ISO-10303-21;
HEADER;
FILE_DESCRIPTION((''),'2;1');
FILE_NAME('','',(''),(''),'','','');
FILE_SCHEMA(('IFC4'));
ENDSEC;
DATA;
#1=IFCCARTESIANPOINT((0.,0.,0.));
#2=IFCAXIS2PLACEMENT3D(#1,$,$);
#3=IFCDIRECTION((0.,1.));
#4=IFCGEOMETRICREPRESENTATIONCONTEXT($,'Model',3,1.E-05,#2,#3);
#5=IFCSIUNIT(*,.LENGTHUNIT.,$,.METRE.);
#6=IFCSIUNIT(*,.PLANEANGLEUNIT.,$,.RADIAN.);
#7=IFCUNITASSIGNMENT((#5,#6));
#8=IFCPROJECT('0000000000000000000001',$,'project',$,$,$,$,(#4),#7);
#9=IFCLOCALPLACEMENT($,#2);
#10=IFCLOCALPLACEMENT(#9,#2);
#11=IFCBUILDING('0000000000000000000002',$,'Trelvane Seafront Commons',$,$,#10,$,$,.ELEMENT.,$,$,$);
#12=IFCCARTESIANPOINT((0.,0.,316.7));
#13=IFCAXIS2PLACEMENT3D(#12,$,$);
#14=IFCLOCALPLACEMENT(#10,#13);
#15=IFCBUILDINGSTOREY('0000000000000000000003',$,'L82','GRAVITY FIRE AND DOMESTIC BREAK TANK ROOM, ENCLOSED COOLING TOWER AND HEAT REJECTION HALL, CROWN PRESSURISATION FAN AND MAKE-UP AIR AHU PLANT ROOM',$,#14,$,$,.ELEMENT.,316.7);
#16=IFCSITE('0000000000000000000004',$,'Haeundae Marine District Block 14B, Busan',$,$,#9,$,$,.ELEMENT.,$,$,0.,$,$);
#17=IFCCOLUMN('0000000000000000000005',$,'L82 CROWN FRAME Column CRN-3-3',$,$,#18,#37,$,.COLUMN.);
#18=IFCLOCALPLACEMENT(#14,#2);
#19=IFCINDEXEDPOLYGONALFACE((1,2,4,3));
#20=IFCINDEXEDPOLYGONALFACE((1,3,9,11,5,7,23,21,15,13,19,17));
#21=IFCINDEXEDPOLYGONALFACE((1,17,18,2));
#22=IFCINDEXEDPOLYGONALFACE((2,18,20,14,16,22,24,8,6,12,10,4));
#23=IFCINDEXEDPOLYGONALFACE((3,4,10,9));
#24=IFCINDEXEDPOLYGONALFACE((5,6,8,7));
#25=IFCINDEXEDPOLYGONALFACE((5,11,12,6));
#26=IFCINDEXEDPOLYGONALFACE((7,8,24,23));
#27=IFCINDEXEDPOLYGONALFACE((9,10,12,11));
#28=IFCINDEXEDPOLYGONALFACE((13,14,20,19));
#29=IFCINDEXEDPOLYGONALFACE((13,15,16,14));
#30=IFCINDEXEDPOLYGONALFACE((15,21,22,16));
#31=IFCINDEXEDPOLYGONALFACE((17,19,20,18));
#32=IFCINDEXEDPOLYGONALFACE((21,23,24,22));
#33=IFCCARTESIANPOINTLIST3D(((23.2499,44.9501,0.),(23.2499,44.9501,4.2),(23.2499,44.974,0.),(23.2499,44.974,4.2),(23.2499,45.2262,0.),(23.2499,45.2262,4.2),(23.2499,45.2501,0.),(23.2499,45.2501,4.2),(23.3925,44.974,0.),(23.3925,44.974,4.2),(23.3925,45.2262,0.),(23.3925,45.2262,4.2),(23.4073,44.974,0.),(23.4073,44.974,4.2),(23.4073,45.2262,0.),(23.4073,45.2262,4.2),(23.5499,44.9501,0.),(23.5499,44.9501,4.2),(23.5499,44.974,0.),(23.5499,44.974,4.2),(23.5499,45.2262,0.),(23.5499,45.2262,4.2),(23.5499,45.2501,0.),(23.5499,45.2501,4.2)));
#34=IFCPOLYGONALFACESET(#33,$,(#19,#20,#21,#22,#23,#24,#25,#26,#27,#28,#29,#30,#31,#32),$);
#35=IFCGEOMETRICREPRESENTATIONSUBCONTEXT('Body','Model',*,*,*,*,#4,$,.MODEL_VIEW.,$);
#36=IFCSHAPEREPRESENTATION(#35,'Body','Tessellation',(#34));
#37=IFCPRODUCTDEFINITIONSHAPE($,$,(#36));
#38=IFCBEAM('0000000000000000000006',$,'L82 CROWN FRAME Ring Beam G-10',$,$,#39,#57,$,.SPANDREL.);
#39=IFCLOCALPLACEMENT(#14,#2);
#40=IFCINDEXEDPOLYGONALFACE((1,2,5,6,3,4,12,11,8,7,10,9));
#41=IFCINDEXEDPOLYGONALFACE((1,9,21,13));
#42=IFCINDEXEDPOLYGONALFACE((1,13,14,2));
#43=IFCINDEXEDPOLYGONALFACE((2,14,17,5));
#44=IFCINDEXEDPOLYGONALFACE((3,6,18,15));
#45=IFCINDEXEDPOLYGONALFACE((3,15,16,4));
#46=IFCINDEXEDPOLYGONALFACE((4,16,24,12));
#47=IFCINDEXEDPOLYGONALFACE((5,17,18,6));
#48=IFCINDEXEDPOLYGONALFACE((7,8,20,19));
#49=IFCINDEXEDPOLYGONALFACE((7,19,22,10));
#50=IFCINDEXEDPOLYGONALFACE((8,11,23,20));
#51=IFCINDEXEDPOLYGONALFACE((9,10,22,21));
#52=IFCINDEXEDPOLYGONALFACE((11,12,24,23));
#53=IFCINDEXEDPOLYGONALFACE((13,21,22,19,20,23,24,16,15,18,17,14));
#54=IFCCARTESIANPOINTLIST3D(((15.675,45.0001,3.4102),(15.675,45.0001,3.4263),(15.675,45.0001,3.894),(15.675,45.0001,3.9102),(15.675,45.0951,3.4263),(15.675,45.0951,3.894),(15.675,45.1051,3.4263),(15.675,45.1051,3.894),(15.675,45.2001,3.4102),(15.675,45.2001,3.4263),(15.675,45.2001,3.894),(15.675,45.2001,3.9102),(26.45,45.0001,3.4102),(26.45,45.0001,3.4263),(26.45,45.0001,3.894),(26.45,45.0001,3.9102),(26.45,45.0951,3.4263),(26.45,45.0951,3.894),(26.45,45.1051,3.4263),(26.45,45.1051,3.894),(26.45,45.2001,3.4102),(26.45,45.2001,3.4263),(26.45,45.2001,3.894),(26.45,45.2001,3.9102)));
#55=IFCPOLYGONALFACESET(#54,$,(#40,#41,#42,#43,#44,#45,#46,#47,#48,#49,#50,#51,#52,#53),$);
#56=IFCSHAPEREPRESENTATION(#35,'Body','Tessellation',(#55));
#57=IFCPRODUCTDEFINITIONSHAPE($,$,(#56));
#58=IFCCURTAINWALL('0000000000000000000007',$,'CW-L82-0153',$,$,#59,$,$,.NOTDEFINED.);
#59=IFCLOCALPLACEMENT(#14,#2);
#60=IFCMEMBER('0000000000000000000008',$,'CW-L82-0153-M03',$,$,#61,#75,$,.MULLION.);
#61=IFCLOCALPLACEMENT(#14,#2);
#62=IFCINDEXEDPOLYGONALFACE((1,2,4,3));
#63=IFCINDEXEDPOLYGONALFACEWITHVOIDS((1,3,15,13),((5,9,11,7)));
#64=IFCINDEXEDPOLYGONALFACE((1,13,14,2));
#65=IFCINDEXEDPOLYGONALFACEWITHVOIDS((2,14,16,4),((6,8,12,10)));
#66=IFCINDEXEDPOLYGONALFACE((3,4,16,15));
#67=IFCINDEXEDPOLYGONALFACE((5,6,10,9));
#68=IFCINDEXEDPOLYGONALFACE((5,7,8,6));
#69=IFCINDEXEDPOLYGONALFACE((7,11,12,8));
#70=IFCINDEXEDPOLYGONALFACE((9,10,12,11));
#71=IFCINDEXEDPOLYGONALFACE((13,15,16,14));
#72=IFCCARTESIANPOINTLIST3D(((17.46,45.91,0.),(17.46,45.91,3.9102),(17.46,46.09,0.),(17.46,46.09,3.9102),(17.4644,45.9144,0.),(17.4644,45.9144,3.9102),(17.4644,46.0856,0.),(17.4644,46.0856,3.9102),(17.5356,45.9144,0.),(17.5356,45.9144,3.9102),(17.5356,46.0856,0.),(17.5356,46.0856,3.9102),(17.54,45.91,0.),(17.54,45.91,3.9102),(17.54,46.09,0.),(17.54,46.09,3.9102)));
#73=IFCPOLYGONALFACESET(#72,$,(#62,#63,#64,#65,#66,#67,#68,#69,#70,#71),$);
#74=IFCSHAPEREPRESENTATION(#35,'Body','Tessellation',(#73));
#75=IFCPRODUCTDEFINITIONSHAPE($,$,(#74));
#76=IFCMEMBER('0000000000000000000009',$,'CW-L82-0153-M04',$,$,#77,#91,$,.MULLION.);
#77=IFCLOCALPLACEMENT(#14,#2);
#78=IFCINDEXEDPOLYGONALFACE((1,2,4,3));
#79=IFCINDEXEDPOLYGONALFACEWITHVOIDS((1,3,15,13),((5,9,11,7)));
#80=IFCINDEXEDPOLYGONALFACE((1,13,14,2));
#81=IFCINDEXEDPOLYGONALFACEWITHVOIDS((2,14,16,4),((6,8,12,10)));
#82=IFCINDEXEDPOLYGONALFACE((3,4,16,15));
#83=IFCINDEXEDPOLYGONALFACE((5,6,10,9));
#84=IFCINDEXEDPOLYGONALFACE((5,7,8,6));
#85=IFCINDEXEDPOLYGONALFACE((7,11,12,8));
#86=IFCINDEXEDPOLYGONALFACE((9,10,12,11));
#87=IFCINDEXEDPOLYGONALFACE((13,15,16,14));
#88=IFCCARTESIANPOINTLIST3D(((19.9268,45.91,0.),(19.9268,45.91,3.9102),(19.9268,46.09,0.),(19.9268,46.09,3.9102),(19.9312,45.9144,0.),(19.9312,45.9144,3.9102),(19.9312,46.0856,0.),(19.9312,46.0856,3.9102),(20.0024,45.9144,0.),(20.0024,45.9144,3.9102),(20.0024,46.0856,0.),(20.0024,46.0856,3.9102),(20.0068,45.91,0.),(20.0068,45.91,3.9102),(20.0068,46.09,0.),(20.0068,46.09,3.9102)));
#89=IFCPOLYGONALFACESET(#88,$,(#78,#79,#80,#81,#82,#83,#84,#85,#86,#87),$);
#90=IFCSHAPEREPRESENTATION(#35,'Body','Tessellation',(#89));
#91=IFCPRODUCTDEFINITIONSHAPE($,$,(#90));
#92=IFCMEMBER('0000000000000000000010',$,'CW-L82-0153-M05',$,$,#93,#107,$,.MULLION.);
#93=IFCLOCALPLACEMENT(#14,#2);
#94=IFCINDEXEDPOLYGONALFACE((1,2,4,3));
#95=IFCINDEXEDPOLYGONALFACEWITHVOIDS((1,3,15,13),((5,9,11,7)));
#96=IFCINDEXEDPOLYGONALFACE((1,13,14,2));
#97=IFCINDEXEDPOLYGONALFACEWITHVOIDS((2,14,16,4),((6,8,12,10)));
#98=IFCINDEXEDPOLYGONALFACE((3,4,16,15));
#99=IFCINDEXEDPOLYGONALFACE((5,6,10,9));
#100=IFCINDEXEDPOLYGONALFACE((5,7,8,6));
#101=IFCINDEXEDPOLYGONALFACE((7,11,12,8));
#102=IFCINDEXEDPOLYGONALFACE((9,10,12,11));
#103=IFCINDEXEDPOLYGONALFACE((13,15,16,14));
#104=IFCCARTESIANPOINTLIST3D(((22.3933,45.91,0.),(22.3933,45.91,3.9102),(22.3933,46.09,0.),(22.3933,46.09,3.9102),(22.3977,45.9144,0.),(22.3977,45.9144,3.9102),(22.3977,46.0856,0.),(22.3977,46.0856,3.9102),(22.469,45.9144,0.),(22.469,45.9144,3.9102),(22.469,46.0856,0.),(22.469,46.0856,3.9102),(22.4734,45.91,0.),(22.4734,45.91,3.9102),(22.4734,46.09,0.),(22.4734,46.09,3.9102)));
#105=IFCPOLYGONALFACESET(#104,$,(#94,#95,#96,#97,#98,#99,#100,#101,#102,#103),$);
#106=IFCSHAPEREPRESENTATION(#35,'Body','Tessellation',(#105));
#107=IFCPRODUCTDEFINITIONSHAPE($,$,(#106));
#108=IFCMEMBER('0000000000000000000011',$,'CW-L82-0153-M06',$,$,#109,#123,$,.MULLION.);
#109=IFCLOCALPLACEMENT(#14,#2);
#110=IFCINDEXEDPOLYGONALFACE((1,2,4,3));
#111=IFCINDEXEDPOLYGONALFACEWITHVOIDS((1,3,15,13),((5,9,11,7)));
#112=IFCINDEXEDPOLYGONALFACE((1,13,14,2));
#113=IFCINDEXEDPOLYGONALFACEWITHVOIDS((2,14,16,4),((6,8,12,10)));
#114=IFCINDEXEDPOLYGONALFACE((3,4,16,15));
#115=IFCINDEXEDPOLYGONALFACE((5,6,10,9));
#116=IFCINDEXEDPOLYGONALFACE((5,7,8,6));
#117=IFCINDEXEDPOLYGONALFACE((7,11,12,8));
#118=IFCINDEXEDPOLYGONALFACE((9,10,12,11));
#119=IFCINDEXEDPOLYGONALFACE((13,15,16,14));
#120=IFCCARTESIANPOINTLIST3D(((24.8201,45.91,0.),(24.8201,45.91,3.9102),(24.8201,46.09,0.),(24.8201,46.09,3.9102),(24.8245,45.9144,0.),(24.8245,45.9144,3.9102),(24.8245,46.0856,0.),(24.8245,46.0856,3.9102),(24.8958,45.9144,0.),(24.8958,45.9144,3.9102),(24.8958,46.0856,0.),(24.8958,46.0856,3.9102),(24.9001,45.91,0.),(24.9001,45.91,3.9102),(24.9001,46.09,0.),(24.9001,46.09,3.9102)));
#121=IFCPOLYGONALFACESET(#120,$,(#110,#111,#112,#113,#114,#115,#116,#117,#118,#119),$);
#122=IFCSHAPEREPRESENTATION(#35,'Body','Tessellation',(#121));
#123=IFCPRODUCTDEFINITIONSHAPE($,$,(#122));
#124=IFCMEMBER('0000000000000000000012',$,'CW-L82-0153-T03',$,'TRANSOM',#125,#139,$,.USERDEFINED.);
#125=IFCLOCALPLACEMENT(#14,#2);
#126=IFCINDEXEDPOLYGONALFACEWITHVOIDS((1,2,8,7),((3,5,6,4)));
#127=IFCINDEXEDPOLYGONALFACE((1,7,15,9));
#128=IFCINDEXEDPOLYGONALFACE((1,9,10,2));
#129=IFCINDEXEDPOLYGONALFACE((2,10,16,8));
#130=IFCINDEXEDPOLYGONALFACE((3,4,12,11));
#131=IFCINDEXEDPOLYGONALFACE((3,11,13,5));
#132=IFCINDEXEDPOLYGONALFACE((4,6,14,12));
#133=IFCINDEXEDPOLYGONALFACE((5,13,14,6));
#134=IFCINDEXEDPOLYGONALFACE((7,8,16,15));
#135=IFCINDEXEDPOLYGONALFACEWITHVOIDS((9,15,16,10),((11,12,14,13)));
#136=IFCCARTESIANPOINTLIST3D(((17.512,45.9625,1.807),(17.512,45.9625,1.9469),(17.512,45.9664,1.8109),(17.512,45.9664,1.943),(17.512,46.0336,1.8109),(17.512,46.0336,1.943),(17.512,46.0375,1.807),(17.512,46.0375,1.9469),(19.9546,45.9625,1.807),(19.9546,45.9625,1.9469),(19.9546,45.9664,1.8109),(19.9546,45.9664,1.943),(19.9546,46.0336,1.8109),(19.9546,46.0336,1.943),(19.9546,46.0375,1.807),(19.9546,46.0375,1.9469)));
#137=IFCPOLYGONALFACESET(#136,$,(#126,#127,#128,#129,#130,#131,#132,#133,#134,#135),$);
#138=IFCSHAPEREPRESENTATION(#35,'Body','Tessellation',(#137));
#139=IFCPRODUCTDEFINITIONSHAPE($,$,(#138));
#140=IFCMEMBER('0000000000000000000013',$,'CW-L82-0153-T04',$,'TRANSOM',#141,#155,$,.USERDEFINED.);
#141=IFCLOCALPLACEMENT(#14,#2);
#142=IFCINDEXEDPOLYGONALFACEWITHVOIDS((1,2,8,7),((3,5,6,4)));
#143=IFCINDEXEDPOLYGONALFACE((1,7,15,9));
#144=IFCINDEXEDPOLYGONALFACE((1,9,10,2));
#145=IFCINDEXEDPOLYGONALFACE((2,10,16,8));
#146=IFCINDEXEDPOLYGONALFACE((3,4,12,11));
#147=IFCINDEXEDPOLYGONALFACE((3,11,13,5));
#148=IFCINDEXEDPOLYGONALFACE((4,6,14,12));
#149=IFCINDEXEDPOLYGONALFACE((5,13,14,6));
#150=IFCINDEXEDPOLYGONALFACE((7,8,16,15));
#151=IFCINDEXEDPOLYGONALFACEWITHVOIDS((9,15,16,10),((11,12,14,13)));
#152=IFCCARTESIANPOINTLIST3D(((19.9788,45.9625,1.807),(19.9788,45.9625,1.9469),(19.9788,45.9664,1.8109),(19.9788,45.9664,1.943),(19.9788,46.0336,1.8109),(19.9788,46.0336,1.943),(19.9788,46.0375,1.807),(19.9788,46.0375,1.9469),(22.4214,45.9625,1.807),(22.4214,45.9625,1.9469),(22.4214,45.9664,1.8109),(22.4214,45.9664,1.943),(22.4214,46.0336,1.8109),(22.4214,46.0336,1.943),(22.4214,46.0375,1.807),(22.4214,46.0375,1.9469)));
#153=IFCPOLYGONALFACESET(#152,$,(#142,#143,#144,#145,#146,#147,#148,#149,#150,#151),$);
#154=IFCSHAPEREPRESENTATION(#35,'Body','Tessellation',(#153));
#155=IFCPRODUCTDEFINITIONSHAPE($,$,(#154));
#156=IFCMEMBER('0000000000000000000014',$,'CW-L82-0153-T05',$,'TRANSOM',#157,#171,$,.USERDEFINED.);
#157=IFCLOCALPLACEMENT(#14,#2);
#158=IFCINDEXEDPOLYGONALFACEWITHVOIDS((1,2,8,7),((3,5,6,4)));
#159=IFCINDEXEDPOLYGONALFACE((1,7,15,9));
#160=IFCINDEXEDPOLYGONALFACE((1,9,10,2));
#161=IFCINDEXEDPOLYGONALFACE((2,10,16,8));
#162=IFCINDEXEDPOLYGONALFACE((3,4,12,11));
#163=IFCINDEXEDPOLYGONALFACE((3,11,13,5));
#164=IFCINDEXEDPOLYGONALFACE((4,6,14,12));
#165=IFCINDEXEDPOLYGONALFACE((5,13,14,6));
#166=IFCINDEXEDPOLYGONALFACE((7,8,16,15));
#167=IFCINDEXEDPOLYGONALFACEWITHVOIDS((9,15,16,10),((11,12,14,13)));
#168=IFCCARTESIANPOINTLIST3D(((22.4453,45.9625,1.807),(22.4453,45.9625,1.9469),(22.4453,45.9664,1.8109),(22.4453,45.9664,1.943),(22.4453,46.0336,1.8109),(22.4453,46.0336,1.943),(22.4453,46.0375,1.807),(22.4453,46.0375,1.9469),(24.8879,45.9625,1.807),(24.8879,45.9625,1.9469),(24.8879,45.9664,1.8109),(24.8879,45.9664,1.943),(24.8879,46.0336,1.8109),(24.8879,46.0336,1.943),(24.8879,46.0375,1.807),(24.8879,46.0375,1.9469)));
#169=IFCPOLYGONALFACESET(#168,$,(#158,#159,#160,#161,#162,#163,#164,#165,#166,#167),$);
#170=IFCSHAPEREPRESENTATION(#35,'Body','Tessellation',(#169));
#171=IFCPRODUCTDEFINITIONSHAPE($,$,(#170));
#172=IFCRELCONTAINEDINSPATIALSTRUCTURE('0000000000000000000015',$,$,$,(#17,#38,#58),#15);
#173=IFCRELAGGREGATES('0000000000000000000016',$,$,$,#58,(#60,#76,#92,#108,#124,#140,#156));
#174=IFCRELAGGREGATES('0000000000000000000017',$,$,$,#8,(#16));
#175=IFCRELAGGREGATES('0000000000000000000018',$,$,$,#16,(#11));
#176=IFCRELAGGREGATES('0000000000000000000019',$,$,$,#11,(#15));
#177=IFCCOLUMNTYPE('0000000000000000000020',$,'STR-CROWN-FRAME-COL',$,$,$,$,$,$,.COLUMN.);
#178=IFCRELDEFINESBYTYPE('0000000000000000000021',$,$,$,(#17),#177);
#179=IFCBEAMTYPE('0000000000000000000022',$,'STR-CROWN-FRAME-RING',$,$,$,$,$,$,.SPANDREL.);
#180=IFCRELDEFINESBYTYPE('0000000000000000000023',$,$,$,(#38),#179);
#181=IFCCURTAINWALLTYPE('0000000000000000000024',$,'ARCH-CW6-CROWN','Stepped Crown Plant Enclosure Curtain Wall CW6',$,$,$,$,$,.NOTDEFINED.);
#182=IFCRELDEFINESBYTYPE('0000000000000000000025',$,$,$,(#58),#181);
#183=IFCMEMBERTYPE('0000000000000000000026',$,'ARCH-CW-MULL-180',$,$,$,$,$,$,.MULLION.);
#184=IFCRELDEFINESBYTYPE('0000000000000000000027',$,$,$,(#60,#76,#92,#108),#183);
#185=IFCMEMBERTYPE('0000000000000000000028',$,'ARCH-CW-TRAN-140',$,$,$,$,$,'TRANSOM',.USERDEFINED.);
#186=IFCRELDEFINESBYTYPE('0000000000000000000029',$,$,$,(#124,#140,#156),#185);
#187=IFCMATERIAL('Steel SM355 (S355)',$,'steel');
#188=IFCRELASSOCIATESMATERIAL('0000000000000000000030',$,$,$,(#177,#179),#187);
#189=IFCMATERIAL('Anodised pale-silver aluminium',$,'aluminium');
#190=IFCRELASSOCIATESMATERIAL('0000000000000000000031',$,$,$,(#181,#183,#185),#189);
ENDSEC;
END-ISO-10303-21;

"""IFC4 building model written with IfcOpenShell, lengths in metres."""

from ifc_helpers import new_model, si_unit, direction, frame, origin, origin_2d, place, context, subcontext, project, spatial, hollow_rectangle, i_section, extrude, source, transform, mapped, material, material_profile, profile_set, type_object, element, aggregate, save


model = new_model("IFC4")

# Units and contexts
model_context = context("Model", 3, precision=1e-05, world=origin(), true_north=direction((0.0, 1.0)))
body_context = subcontext(model_context, "Body", "Model", "MODEL_VIEW")
ifc_project = project(units=[si_unit("LENGTHUNIT", "METRE"), si_unit("PLANEANGLEUNIT", "RADIAN")], contexts=[model_context])

# Site, building, storey
site_placement = place(None, origin())
site = spatial("IfcSite", under=ifc_project, at=site_placement, Name="Haeundae Marine District Block 14B, Busan", CompositionType="ELEMENT", RefElevation=0.0)
building_placement = place(site_placement, origin())
building = spatial("IfcBuilding", under=site, at=building_placement, Name="Trelvane Seafront Commons", CompositionType="ELEMENT")
storey_placement = place(building_placement, frame((0.0, 0.0, 316.7)))
storey = spatial("IfcBuildingStorey", under=building, at=storey_placement, Name="L82", Description="GRAVITY FIRE AND DOMESTIC BREAK TANK ROOM, ENCLOSED COOLING TOWER AND HEAT REJECTION HALL, CROWN PRESSURISATION FAN AND MAKE-UP AIR AHU PLANT ROOM", CompositionType="ELEMENT", Elevation=316.7)

# Column
ifc_material_1 = material(Name="Steel SM355 (S355)", Category="steel")
ifc_material_profile_1 = material_profile(ifc_material_1, i_section(OverallWidth=0.3, OverallDepth=0.3, WebThickness=0.0149, FlangeThickness=0.0239, at=origin_2d()), Name="HD-300x300x15x24")
ifc_profile_set_1 = profile_set([ifc_material_profile_1], Name="Steel SM355 (S355)")
column_type = type_object("IfcColumnType", Name="STR-CROWN-FRAME-COL", PredefinedType="COLUMN", material=ifc_profile_set_1)
shared_shape_1 = source(origin(), body_context, "Body", "SweptSolid", [
    extrude(i_section(OverallWidth=0.3, OverallDepth=0.3, WebThickness=0.0149, FlangeThickness=0.0239, at=origin_2d()), origin(), (0.0, 0.0, 1.0), 4.2),
])
column_placement = place(storey_placement, frame((23.3999, 45.1001, 0.0), z_axis=(0.0, 0.0, 1.0), x_axis=(1.0, 0.0, 0.0)))
element("IfcColumn", 1, at=column_placement, inside=storey, type_object=column_type, Name="L82 CROWN FRAME Column CRN-3-3", PredefinedType="COLUMN", context=body_context, shape_type="MappedRepresentation", body=[
    mapped(shared_shape_1, transform((0.0, 0.0, 0.0), x_axis=(1.0, 0.0, 0.0), y_axis=(0.0, 1.0, 0.0), z_axis=(0.0, 0.0, 1.0), scale=1.0)),
])

# Beam
ifc_material_profile_2 = material_profile(ifc_material_1, i_section(OverallWidth=0.2, OverallDepth=0.5, WebThickness=0.01, FlangeThickness=0.0161, at=origin_2d()), Name="H-500x200x10x16")
ifc_profile_set_2 = profile_set([ifc_material_profile_2], Name="Steel SM355 (S355)")
beam_type = type_object("IfcBeamType", Name="STR-CROWN-FRAME-RING", PredefinedType="SPANDREL", material=ifc_profile_set_2)
shared_shape_2 = source(origin(), body_context, "Body", "SweptSolid", [
    extrude(i_section(OverallWidth=0.2, OverallDepth=0.5, WebThickness=0.01, FlangeThickness=0.0161, at=origin_2d()), origin(), (0.0, 0.0, 1.0), 10.7749),
])
beam_placement = place(storey_placement, frame((15.675, 45.1001, 3.6602), z_axis=(1.0, 0.0, 0.0), x_axis=(0.0, 1.0, 0.0)))
element("IfcBeam", 2, at=beam_placement, inside=storey, type_object=beam_type, Name="L82 CROWN FRAME Ring Beam G-10", PredefinedType="SPANDREL", context=body_context, shape_type="MappedRepresentation", body=[
    mapped(shared_shape_2, transform((0.0, 0.0, 0.0), x_axis=(1.0, 0.0, 0.0), y_axis=(0.0, 1.0, 0.0), z_axis=(0.0, 0.0, 1.0), scale=1.0)),
])

# Curtain wall, members
ifc_material_2 = material(Name="Anodised pale-silver aluminium", Category="aluminium")
curtain_wall_type = type_object("IfcCurtainWallType", Name="ARCH-CW6-CROWN", Description="Stepped Crown Plant Enclosure Curtain Wall CW6", PredefinedType="NOTDEFINED", material=ifc_material_2)
curtain_wall_placement = place(storey_placement, origin())
curtain_wall = element("IfcCurtainWall", 3, at=curtain_wall_placement, inside=storey, type_object=curtain_wall_type, Name="CW-L82-0153", PredefinedType="NOTDEFINED")
ifc_material_profile_3 = material_profile(ifc_material_2, hollow_rectangle(XDim=0.0801, YDim=0.1799, WallThickness=0.0044, at=origin_2d()), Name="MULL-80x180x4.5")
ifc_profile_set_3 = profile_set([ifc_material_profile_3], Name="Anodised pale-silver aluminium")
member_type_1 = type_object("IfcMemberType", Name="ARCH-CW-MULL-180", PredefinedType="MULLION", material=ifc_profile_set_3)
shared_shape_3 = source(origin(), body_context, "Body", "SweptSolid", [
    extrude(hollow_rectangle(XDim=0.0801, YDim=0.1799, WallThickness=0.0044, at=origin_2d()), origin(), (0.0, 0.0, 1.0), 3.9102),
])
member_1_placement = place(storey_placement, frame((17.5, 46.0, 0.0), z_axis=(0.0, 0.0, 1.0), x_axis=(1.0, 0.0, 0.0)))
member_1 = element("IfcMember", 4, at=member_1_placement, type_object=member_type_1, Name="CW-L82-0153-M03", PredefinedType="MULLION", context=body_context, shape_type="MappedRepresentation", body=[
    mapped(shared_shape_3, transform((0.0, 0.0, 0.0), x_axis=(1.0, 0.0, 0.0), y_axis=(0.0, 1.0, 0.0), z_axis=(0.0, 0.0, 1.0), scale=1.0)),
])
member_2_placement = place(storey_placement, frame((19.9668, 46.0, 0.0), z_axis=(0.0, 0.0, 1.0), x_axis=(1.0, 0.0, 0.0)))
member_2 = element("IfcMember", 5, at=member_2_placement, type_object=member_type_1, Name="CW-L82-0153-M04", PredefinedType="MULLION", context=body_context, shape_type="MappedRepresentation", body=[
    mapped(shared_shape_3, transform((0.0, 0.0, 0.0), x_axis=(1.0, 0.0, 0.0), y_axis=(0.0, 1.0, 0.0), z_axis=(0.0, 0.0, 1.0), scale=1.0)),
])
member_3_placement = place(storey_placement, frame((22.4333, 46.0, 0.0), z_axis=(0.0, 0.0, 1.0), x_axis=(1.0, 0.0, 0.0)))
member_3 = element("IfcMember", 6, at=member_3_placement, type_object=member_type_1, Name="CW-L82-0153-M05", PredefinedType="MULLION", context=body_context, shape_type="MappedRepresentation", body=[
    mapped(shared_shape_3, transform((0.0, 0.0, 0.0), x_axis=(1.0, 0.0, 0.0), y_axis=(0.0, 1.0, 0.0), z_axis=(0.0, 0.0, 1.0), scale=1.0)),
])
member_4_placement = place(storey_placement, frame((24.8601, 46.0, 0.0), z_axis=(0.0, 0.0, 1.0), x_axis=(1.0, 0.0, 0.0)))
member_4 = element("IfcMember", 7, at=member_4_placement, type_object=member_type_1, Name="CW-L82-0153-M06", PredefinedType="MULLION", context=body_context, shape_type="MappedRepresentation", body=[
    mapped(shared_shape_3, transform((0.0, 0.0, 0.0), x_axis=(1.0, 0.0, 0.0), y_axis=(0.0, 1.0, 0.0), z_axis=(0.0, 0.0, 1.0), scale=1.0)),
])
ifc_material_profile_4 = material_profile(ifc_material_2, hollow_rectangle(XDim=0.075, YDim=0.1399, WallThickness=0.0039, at=origin_2d()), Name="TRAN-75x140x4")
ifc_profile_set_4 = profile_set([ifc_material_profile_4], Name="Anodised pale-silver aluminium")
member_type_2 = type_object("IfcMemberType", Name="ARCH-CW-TRAN-140", ElementType="TRANSOM", PredefinedType="USERDEFINED", material=ifc_profile_set_4)
shared_shape_4 = source(origin(), body_context, "Body", "SweptSolid", [
    extrude(hollow_rectangle(XDim=0.075, YDim=0.1399, WallThickness=0.0039, at=origin_2d()), origin(), (0.0, 0.0, 1.0), 2.4426),
])
member_5_placement = place(storey_placement, frame((17.512, 46.0, 1.877), z_axis=(1.0, 0.0, 0.0), x_axis=(0.0, 1.0, 0.0)))
member_5 = element("IfcMember", 8, at=member_5_placement, type_object=member_type_2, Name="CW-L82-0153-T03", ObjectType="TRANSOM", PredefinedType="USERDEFINED", context=body_context, shape_type="MappedRepresentation", body=[
    mapped(shared_shape_4, transform((0.0, 0.0, 0.0), x_axis=(1.0, 0.0, 0.0), y_axis=(0.0, 1.0, 0.0), z_axis=(0.0, 0.0, 1.0), scale=1.0)),
])
member_6_placement = place(storey_placement, frame((19.9788, 46.0, 1.877), z_axis=(1.0, 0.0, 0.0), x_axis=(0.0, 1.0, 0.0)))
member_6 = element("IfcMember", 9, at=member_6_placement, type_object=member_type_2, Name="CW-L82-0153-T04", ObjectType="TRANSOM", PredefinedType="USERDEFINED", context=body_context, shape_type="MappedRepresentation", body=[
    mapped(shared_shape_4, transform((0.0, 0.0, 0.0), x_axis=(1.0, 0.0, 0.0), y_axis=(0.0, 1.0, 0.0), z_axis=(0.0, 0.0, 1.0), scale=1.0)),
])
member_7_placement = place(storey_placement, frame((22.4453, 46.0, 1.877), z_axis=(1.0, 0.0, 0.0), x_axis=(0.0, 1.0, 0.0)))
member_7 = element("IfcMember", 10, at=member_7_placement, type_object=member_type_2, Name="CW-L82-0153-T05", ObjectType="TRANSOM", PredefinedType="USERDEFINED", context=body_context, shape_type="MappedRepresentation", body=[
    mapped(shared_shape_4, transform((0.0, 0.0, 0.0), x_axis=(1.0, 0.0, 0.0), y_axis=(0.0, 1.0, 0.0), z_axis=(0.0, 0.0, 1.0), scale=1.0)),
])
aggregate(curtain_wall, [member_1, member_2, member_3, member_4, member_5, member_6, member_7])

save(model, "model.ifc")
